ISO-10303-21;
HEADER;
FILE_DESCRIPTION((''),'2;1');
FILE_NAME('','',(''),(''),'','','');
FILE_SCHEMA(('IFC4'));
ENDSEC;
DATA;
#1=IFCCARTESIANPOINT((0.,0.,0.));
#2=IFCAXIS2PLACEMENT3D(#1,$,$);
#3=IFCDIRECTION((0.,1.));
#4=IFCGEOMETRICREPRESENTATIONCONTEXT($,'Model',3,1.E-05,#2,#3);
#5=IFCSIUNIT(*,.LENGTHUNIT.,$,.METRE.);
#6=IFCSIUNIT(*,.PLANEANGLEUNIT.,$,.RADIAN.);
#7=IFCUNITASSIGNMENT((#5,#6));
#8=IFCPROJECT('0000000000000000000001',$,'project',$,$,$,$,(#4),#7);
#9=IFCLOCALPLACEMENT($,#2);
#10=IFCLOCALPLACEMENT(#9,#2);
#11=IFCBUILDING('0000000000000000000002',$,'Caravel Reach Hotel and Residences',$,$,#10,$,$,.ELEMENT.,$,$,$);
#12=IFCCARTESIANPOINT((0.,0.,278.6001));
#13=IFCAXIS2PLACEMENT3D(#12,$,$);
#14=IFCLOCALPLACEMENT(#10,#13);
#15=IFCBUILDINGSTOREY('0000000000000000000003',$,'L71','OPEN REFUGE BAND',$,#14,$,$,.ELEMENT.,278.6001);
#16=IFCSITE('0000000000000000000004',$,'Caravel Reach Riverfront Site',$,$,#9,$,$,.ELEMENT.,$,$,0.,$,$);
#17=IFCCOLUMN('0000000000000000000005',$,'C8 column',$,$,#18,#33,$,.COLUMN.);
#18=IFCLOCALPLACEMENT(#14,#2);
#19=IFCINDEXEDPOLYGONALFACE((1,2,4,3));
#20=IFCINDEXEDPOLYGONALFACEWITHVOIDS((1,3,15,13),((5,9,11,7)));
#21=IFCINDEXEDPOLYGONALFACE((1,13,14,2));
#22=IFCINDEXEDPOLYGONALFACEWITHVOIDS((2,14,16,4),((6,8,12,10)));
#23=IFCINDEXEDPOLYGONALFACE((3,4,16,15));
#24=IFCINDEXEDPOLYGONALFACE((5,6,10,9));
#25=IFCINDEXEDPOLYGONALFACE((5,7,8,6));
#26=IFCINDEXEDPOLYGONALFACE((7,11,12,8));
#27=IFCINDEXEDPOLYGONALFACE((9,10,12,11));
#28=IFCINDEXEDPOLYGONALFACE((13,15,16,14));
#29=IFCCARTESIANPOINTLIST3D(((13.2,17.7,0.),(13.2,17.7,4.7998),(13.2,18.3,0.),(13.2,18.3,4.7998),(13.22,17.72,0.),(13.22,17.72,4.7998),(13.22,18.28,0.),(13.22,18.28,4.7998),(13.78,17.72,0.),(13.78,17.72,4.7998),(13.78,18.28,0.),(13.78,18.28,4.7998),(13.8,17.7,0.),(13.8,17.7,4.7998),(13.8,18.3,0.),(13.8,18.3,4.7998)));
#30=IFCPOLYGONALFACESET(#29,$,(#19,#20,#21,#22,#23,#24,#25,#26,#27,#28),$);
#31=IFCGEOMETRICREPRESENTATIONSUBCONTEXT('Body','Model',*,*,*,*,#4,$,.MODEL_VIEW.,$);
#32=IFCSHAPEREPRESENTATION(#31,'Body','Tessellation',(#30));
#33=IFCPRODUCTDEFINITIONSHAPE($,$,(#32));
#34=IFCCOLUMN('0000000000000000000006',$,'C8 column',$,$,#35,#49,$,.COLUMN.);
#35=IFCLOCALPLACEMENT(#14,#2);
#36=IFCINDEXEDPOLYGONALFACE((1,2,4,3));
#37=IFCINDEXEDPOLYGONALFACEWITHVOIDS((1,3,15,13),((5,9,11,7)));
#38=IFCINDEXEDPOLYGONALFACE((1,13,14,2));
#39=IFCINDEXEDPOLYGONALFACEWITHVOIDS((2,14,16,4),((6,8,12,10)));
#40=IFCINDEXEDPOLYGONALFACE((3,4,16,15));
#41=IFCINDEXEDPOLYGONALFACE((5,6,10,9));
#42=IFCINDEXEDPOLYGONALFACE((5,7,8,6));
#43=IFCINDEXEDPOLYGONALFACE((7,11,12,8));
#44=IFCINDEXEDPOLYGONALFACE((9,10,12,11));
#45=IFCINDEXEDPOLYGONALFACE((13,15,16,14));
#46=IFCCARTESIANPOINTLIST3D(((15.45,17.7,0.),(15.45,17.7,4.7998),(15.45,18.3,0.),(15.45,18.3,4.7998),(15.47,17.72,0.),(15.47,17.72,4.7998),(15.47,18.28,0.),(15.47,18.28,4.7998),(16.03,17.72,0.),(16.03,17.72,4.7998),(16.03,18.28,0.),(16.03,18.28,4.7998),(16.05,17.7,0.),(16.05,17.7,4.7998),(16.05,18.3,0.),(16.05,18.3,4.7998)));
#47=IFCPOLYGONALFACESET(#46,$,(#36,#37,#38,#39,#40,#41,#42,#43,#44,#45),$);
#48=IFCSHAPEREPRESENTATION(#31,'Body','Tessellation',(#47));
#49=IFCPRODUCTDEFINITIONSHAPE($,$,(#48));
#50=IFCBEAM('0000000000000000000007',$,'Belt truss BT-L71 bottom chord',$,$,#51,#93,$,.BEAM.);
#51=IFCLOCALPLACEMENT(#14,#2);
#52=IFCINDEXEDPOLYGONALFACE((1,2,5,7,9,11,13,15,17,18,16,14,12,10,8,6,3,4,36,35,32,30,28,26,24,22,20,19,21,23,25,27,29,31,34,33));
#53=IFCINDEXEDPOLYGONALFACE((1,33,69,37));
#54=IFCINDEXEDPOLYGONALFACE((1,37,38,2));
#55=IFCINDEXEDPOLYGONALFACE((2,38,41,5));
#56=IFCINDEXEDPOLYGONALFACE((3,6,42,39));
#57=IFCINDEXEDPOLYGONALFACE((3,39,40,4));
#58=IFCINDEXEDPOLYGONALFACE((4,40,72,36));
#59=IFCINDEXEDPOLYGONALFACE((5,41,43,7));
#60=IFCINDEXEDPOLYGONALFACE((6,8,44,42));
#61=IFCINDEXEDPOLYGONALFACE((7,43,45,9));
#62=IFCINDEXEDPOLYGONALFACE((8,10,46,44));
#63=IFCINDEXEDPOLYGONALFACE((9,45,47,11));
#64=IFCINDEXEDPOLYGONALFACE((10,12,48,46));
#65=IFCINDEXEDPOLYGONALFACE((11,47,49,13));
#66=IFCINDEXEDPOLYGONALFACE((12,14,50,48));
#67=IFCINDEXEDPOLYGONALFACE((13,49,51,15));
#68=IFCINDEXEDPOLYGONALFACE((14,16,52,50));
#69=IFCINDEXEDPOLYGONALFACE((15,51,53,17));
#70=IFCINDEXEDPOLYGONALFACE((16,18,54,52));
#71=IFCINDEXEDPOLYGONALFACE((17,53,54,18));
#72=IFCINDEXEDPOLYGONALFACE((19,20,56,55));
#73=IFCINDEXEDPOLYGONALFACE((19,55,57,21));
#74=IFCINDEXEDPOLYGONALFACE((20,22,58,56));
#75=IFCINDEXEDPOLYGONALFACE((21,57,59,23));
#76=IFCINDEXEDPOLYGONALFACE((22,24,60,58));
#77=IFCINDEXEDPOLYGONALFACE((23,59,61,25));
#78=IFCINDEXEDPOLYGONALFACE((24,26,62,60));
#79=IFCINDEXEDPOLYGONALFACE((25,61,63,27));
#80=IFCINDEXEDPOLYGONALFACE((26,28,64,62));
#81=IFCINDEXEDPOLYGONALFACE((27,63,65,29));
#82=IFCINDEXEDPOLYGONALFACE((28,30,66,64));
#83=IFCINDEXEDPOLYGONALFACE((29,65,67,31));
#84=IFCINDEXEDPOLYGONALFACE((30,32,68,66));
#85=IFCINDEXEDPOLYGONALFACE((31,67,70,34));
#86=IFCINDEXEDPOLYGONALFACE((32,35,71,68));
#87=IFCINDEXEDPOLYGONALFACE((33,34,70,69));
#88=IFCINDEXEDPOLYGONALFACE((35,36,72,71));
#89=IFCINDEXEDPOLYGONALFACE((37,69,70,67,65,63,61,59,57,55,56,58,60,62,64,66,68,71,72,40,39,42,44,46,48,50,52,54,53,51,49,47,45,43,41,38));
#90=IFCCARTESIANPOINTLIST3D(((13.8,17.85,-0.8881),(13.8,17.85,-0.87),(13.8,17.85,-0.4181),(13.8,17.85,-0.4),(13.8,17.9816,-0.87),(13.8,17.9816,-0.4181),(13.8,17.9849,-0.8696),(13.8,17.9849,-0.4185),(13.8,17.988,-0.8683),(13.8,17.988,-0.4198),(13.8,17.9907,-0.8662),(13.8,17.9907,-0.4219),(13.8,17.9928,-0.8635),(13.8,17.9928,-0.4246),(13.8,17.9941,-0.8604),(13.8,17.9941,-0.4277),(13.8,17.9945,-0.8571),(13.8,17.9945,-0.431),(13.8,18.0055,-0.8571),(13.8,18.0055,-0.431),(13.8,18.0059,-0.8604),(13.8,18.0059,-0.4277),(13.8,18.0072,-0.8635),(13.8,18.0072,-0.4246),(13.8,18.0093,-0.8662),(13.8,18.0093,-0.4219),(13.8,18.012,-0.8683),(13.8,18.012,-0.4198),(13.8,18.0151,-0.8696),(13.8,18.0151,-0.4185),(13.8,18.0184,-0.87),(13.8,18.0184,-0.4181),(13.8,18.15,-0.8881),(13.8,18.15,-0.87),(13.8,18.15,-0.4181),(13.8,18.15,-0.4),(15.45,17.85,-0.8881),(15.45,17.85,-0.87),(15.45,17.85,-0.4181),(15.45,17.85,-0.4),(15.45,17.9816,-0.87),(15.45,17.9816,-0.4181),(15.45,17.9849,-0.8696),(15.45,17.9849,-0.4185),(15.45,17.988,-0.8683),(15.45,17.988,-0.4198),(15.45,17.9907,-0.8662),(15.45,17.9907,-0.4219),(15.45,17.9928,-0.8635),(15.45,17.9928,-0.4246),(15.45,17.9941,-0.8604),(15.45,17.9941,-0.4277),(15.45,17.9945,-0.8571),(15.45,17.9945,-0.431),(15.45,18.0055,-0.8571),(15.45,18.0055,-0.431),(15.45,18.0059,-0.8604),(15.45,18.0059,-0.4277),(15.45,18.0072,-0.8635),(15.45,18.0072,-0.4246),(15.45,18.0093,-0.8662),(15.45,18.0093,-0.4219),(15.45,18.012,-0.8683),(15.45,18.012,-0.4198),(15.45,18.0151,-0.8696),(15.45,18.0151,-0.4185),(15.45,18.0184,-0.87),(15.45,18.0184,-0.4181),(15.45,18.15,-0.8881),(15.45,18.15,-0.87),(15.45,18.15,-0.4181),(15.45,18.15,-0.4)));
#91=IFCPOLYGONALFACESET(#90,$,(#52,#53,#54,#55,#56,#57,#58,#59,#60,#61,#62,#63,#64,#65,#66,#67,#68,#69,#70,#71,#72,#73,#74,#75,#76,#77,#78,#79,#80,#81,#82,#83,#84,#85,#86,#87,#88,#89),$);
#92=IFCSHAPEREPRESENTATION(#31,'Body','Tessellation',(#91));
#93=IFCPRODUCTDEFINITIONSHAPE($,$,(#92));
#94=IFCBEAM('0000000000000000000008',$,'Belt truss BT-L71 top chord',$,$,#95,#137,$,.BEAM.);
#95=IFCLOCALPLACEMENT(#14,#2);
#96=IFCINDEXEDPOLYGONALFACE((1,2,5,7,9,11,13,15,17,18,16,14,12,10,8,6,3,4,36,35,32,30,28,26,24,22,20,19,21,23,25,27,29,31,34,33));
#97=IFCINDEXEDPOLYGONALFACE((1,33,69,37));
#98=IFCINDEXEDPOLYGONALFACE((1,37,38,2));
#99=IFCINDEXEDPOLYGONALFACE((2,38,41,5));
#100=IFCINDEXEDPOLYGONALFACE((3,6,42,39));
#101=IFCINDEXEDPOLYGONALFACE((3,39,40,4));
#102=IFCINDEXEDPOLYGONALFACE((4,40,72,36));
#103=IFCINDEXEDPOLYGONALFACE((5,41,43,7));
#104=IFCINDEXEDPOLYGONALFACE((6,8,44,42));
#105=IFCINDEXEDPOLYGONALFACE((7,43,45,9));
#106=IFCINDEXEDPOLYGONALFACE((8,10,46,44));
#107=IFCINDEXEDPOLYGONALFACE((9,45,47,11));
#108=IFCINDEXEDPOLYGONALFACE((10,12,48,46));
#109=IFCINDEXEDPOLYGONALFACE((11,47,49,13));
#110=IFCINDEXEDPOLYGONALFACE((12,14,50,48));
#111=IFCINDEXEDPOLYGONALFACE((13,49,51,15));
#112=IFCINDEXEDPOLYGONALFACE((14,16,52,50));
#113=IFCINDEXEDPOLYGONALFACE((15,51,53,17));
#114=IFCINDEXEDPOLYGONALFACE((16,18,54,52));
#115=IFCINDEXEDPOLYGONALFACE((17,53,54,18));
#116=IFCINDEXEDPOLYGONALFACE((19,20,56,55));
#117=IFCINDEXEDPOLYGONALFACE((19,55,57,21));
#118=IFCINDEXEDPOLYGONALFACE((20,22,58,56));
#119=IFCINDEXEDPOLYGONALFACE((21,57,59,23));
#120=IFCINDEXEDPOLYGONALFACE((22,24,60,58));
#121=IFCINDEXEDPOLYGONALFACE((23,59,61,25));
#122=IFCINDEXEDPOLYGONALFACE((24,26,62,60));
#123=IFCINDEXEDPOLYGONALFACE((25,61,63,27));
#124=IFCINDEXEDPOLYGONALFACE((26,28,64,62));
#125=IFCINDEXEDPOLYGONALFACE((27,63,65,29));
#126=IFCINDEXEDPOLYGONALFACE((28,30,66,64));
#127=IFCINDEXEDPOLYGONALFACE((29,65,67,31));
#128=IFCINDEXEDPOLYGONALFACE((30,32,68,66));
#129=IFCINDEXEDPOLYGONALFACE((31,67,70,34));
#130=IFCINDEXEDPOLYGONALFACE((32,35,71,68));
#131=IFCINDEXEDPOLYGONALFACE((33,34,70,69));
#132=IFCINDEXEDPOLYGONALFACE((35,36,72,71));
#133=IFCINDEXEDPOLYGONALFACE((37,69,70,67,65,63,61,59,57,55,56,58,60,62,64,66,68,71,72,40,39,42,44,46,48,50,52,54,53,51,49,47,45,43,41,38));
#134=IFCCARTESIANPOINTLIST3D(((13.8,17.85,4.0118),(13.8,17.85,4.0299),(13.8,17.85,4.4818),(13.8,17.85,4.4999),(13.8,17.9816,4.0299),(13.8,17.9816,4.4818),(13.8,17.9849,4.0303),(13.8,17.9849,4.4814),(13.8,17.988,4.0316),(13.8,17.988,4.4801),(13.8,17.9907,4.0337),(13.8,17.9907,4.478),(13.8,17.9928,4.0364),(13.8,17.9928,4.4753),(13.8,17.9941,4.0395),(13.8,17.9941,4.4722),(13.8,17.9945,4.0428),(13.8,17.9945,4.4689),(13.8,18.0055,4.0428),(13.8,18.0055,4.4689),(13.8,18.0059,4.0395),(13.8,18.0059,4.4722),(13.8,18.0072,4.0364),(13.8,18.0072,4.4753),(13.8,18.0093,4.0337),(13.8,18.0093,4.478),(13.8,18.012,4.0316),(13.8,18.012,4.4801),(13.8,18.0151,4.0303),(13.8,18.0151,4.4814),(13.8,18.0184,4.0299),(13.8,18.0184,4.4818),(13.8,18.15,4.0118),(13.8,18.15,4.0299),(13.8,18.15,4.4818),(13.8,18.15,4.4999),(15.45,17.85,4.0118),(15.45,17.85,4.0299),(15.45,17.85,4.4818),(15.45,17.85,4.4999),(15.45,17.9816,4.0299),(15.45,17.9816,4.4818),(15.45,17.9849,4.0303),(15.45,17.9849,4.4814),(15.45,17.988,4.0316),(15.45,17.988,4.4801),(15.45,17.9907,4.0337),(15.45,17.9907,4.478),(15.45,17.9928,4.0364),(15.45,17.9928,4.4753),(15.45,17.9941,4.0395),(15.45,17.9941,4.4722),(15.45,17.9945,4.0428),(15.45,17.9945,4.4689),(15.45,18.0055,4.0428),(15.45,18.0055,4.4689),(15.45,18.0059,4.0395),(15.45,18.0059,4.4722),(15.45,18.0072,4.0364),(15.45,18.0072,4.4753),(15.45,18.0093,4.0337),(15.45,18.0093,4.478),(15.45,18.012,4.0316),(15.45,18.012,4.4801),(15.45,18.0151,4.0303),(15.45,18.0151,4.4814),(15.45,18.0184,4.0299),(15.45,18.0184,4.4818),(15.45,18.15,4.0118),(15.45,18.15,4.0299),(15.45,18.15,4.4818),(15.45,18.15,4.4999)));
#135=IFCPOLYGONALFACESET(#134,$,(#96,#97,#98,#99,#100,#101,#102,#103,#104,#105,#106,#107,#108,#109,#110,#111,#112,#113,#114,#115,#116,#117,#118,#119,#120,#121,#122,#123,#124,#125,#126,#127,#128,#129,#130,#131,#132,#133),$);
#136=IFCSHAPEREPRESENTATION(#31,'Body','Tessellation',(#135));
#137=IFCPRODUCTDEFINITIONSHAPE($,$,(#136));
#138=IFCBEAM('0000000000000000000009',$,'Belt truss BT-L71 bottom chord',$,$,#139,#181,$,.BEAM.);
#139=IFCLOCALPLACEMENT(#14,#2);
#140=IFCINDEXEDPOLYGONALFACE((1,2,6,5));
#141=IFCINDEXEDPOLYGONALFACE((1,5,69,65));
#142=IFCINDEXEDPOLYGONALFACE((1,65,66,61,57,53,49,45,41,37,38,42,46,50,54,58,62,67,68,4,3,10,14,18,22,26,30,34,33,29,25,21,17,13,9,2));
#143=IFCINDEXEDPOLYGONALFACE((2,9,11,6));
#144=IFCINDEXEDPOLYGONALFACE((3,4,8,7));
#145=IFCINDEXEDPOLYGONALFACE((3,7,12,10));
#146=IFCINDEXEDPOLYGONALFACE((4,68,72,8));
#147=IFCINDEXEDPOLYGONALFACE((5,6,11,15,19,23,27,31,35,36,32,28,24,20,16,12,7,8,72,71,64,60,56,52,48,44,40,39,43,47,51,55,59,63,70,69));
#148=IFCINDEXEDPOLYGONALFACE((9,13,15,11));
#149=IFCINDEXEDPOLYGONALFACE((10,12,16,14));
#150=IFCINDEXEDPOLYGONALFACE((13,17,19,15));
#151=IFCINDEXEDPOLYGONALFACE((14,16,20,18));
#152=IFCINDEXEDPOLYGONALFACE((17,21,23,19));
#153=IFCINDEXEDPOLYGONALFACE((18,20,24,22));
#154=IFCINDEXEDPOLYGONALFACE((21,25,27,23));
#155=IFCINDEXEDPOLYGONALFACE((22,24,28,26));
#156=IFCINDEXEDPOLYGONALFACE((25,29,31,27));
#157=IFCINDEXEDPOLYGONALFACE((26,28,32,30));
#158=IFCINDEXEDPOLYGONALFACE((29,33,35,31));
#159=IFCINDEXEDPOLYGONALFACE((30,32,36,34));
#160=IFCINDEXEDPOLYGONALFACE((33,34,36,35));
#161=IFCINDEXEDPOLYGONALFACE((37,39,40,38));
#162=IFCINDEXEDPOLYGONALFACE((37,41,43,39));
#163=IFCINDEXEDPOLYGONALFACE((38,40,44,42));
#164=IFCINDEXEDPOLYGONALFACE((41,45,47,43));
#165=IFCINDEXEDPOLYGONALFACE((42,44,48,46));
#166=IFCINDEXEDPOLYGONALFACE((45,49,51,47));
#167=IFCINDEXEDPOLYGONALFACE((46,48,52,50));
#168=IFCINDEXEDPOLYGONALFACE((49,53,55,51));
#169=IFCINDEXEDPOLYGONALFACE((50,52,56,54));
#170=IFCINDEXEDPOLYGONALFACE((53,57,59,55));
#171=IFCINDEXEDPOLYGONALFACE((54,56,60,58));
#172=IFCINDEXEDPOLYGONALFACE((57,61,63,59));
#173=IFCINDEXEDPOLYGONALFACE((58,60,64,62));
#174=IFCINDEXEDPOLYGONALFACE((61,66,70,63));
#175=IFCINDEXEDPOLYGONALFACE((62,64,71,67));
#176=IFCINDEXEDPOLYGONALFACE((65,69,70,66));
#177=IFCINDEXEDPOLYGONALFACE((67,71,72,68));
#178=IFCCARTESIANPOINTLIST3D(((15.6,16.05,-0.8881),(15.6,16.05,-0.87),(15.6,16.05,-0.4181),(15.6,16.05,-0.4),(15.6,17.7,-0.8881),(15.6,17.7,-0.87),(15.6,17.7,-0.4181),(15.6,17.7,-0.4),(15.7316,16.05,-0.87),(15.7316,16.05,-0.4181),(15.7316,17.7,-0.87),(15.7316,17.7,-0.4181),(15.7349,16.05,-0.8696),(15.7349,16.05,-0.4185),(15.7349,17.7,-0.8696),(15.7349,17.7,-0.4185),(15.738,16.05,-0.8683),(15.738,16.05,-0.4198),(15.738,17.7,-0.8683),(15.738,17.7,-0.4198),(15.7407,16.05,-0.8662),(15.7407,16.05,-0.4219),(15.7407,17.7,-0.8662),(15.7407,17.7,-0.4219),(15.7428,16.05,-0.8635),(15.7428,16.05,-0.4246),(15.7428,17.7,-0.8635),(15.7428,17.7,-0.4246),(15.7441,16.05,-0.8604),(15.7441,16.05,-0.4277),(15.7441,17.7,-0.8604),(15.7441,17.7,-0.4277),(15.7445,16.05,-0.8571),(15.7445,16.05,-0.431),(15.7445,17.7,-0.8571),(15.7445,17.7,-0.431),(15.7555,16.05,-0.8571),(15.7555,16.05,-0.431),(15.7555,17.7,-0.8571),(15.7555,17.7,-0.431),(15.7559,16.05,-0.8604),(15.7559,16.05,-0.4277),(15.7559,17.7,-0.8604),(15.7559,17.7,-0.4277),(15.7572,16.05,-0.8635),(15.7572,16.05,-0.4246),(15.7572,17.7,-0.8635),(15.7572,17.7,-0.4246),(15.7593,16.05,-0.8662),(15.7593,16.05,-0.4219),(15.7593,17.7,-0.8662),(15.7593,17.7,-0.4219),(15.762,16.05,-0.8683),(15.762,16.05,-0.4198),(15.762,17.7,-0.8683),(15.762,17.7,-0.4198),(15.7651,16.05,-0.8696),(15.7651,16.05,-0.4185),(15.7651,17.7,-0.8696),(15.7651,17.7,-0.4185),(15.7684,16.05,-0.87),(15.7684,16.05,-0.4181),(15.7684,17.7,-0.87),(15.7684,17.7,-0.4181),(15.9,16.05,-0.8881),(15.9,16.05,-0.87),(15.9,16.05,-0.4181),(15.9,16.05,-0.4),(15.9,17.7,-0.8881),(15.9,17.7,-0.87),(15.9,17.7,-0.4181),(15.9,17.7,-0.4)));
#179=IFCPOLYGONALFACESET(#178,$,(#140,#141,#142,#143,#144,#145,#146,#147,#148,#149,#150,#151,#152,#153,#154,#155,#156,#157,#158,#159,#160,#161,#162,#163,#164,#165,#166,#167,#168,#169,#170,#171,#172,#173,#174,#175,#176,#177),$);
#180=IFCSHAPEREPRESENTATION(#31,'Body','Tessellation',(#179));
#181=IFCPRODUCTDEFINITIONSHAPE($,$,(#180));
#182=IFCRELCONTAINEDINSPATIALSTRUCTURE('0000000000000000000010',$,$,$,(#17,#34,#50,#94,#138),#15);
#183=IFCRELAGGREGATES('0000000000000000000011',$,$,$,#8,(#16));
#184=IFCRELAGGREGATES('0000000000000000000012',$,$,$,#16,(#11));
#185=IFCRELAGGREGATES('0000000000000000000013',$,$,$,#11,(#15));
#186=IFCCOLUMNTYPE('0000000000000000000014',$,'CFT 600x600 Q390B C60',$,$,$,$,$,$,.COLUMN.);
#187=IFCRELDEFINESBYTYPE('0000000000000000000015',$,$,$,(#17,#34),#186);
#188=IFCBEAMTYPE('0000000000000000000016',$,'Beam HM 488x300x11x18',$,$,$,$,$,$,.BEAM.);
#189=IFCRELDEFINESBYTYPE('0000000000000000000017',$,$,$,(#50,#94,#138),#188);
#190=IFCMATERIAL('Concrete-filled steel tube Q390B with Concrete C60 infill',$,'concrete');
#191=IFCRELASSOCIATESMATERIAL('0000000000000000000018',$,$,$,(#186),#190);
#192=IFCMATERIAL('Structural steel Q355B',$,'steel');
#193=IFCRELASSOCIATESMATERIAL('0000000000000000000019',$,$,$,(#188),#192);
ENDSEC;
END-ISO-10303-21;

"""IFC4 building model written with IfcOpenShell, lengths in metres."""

from ifc_helpers import new_model, si_unit, direction, frame, origin, origin_2d, place, context, subcontext, project, spatial, hollow_rectangle, i_section, extrude, material, material_profile, profile_set, type_object, element, save


model = new_model("IFC4")

# Units and contexts
model_context = context("Model", 3, precision=1e-05, world=origin(), true_north=direction((0.0, 1.0)))
body_context = subcontext(model_context, "Body", "Model", "MODEL_VIEW")
ifc_project = project(units=[si_unit("LENGTHUNIT", "METRE"), si_unit("PLANEANGLEUNIT", "RADIAN")], contexts=[model_context])

# Site, building, storey
site_placement = place(None, origin())
site = spatial("IfcSite", under=ifc_project, at=site_placement, Name="Caravel Reach Riverfront Site", CompositionType="ELEMENT", RefElevation=0.0)
building_placement = place(site_placement, origin())
building = spatial("IfcBuilding", under=site, at=building_placement, Name="Caravel Reach Hotel and Residences", CompositionType="ELEMENT")
storey_placement = place(building_placement, frame((0.0, 0.0, 278.6001)))
storey = spatial("IfcBuildingStorey", under=building, at=storey_placement, Name="L71", Description="OPEN REFUGE BAND", CompositionType="ELEMENT", Elevation=278.6001)

# Columns
ifc_material_1 = material(Name="Concrete-filled steel tube Q390B with Concrete C60 infill", Category="concrete")
ifc_material_profile_1 = material_profile(ifc_material_1, hollow_rectangle(XDim=0.6001, YDim=0.6001, WallThickness=0.02, at=origin_2d()), Name="RHS 600x600x20")
ifc_profile_set_1 = profile_set([ifc_material_profile_1], Name="Concrete-filled steel tube Q390B with Concrete C60 infill")
column_type = type_object("IfcColumnType", Name="CFT 600x600 Q390B C60", PredefinedType="COLUMN", material=ifc_profile_set_1)
for number, where, z_axis, x_axis, name in (
    (1, (13.5, 18.0, 0.0), (0.0, 0.0, 1.0), (1.0, 0.0, 0.0), "C8 column"),
    (2, (15.75, 18.0, 0.0), (0.0, 0.0, 1.0), (1.0, 0.0, 0.0), "C8 column"),
):
    element("IfcColumn", number, at=place(storey_placement, frame(where, z_axis=z_axis, x_axis=x_axis)), inside=storey, type_object=column_type, Name=name, PredefinedType="COLUMN", context=body_context, shape_type="SweptSolid", body=[
        extrude(hollow_rectangle(XDim=0.6001, YDim=0.6001, WallThickness=0.02, at=origin_2d()), origin(), (0.0, 0.0, 1.0), 4.7998),
    ])

# Beams
ifc_material_2 = material(Name="Structural steel Q355B", Category="steel")
ifc_material_profile_2 = material_profile(ifc_material_2, i_section(OverallWidth=0.3, OverallDepth=0.488, WebThickness=0.011, FlangeThickness=0.0181, FilletRadius=0.0129, at=origin_2d()), Name="HM 488x300x11x18")
ifc_profile_set_2 = profile_set([ifc_material_profile_2], Name="Structural steel Q355B")
beam_type_1 = type_object("IfcBeamType", Name="Beam HM 488x300x11x18", PredefinedType="BEAM", material=ifc_profile_set_2)
for number, where, z_axis, x_axis, name in (
    (3, (13.8, 18.0, -0.644), (1.0, 0.0, 0.0), (0.0, 1.0, 0.0), "Belt truss BT-L71 bottom chord"),
    (4, (13.8, 18.0, 4.2559), (1.0, 0.0, 0.0), (0.0, 1.0, 0.0), "Belt truss BT-L71 top chord"),
    (5, (15.75, 17.7, -0.644), (0.0, -1.0, 0.0), (1.0, 0.0, 0.0), "Belt truss BT-L71 bottom chord"),
):
    element("IfcBeam", number, at=place(storey_placement, frame(where, z_axis=z_axis, x_axis=x_axis)), inside=storey, type_object=beam_type_1, Name=name, PredefinedType="BEAM", context=body_context, shape_type="SweptSolid", body=[
        extrude(i_section(OverallWidth=0.3, OverallDepth=0.488, WebThickness=0.011, FlangeThickness=0.0181, FilletRadius=0.0129, at=origin_2d()), origin(), (0.0, 0.0, 1.0), 1.6499),
    ])

save(model, "model.ifc")
